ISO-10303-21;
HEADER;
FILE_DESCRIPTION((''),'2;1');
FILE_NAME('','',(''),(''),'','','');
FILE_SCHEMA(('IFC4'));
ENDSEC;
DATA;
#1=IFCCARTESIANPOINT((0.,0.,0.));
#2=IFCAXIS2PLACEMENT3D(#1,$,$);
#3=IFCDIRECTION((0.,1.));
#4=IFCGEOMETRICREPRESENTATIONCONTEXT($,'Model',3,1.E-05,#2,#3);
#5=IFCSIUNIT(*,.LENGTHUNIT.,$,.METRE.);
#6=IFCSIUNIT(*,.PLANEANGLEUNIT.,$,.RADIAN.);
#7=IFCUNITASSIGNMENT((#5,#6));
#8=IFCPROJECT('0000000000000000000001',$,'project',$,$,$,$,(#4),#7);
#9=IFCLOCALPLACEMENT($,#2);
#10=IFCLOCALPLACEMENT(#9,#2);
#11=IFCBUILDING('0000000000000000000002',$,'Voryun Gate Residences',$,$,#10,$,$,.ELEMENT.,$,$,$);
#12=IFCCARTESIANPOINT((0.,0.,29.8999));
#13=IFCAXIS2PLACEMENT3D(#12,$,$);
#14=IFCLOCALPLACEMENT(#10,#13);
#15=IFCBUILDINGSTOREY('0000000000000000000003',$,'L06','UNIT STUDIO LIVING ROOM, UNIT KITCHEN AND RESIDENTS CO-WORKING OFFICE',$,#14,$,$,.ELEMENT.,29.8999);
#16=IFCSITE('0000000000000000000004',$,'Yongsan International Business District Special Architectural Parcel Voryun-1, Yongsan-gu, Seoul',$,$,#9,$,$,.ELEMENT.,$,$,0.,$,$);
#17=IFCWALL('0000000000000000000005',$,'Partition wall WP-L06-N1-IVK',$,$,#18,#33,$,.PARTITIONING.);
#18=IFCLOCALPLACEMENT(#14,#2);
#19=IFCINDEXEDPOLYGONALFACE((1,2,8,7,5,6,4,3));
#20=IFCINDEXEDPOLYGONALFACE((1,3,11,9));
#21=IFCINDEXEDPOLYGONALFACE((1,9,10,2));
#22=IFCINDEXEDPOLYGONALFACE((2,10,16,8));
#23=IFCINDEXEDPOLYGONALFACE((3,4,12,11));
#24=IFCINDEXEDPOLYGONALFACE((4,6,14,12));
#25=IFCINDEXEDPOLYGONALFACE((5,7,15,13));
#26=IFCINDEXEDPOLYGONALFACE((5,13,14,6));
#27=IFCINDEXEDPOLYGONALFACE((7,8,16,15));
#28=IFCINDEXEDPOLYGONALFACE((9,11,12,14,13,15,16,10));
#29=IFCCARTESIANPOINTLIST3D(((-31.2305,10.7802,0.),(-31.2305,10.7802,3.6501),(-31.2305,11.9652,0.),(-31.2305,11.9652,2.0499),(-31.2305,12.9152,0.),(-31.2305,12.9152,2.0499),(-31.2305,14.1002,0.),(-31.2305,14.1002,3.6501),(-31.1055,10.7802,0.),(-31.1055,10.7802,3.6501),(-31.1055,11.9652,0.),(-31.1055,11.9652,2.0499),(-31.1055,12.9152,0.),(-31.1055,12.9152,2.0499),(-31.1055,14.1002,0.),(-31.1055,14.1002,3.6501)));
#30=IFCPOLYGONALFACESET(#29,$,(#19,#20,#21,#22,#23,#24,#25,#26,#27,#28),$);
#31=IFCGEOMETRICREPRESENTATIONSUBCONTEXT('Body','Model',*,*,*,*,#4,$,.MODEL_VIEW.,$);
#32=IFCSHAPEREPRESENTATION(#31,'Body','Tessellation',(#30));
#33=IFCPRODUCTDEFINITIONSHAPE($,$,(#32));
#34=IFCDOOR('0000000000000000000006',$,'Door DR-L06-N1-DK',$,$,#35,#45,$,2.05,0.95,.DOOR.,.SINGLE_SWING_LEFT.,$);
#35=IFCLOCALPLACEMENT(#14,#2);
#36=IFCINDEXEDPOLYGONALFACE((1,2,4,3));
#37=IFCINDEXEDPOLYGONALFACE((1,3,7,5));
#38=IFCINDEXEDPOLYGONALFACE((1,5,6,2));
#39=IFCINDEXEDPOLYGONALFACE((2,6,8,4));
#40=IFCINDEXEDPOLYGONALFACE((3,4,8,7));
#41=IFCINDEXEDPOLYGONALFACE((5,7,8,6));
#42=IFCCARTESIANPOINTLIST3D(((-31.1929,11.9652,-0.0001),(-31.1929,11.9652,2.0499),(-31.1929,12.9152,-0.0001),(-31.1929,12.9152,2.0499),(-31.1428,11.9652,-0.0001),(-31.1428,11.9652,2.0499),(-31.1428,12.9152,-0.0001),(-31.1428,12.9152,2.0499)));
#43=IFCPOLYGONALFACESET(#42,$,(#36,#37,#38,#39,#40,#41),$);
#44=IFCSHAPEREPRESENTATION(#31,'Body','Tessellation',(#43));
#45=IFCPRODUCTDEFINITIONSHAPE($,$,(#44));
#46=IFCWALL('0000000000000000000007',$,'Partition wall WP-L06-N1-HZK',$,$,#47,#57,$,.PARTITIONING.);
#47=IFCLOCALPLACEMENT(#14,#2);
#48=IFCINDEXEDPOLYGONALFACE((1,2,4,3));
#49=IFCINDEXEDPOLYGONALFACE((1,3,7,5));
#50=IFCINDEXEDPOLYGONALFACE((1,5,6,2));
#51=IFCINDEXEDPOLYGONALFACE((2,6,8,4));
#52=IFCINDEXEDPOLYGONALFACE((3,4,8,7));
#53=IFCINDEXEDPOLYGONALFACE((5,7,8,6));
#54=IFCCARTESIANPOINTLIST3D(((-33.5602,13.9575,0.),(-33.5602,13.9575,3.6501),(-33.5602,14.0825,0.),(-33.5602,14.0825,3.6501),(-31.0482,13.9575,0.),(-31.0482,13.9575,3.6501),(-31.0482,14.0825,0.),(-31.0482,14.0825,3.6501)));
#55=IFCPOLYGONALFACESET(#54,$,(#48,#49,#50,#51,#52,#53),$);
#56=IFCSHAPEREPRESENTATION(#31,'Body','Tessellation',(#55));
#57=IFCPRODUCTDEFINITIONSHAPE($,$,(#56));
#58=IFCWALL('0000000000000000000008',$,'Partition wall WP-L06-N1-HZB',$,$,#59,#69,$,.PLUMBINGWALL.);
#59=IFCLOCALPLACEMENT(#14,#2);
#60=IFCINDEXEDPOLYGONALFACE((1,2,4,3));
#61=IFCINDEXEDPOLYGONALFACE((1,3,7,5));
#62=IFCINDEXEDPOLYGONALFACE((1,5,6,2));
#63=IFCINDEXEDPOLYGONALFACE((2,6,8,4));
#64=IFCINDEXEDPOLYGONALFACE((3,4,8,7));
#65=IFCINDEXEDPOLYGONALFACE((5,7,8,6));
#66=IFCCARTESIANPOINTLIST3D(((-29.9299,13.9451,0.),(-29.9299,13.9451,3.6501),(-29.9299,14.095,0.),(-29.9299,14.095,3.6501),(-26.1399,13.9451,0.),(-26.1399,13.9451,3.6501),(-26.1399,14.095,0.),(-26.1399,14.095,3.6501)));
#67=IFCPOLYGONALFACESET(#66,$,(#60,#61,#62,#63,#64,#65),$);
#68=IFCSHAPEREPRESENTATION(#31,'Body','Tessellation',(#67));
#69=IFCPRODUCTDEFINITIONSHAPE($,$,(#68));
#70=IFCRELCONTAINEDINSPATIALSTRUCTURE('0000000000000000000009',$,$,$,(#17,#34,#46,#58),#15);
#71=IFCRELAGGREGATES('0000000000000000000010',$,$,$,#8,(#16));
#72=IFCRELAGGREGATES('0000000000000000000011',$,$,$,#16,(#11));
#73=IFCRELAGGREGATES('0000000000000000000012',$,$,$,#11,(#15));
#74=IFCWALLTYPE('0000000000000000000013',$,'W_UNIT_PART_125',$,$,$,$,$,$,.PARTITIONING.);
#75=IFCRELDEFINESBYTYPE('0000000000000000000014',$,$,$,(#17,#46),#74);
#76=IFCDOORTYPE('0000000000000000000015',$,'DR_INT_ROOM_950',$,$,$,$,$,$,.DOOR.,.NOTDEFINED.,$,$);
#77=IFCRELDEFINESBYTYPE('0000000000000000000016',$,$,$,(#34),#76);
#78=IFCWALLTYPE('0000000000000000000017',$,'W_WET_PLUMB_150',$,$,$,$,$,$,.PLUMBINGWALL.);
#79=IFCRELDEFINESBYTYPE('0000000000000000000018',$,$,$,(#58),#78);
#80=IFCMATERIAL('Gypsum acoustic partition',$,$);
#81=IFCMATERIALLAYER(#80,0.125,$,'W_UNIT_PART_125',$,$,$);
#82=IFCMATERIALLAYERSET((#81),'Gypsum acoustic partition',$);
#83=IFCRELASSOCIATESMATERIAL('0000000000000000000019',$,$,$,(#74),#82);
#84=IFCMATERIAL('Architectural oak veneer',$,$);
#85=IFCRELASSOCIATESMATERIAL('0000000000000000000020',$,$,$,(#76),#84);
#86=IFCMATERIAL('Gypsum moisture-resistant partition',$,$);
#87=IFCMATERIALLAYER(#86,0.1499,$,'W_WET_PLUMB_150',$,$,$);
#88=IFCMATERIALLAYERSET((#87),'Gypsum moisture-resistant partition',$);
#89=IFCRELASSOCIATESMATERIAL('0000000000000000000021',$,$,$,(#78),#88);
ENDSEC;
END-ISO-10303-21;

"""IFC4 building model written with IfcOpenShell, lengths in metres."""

from ifc_helpers import new_model, si_unit, direction, frame, frame_2d, origin, place, context, subcontext, project, spatial, rectangle, extrude, material, layer, layer_set, type_object, element, fill, save


model = new_model("IFC4")

# Units and contexts
model_context = context("Model", 3, precision=1e-05, world=origin(), true_north=direction((0.0, 1.0)))
body_context = subcontext(model_context, "Body", "Model", "MODEL_VIEW")
ifc_project = project(units=[si_unit("LENGTHUNIT", "METRE"), si_unit("PLANEANGLEUNIT", "RADIAN")], contexts=[model_context])

# Site, building, storey
site_placement = place(None, origin())
site = spatial("IfcSite", under=ifc_project, at=site_placement, Name="Yongsan International Business District Special Architectural Parcel Voryun-1, Yongsan-gu, Seoul", CompositionType="ELEMENT", RefElevation=0.0)
building_placement = place(site_placement, origin())
building = spatial("IfcBuilding", under=site, at=building_placement, Name="Voryun Gate Residences", CompositionType="ELEMENT")
storey_placement = place(building_placement, frame((0.0, 0.0, 29.8999)))
storey = spatial("IfcBuildingStorey", under=building, at=storey_placement, Name="L06", Description="UNIT STUDIO LIVING ROOM, UNIT KITCHEN AND RESIDENTS CO-WORKING OFFICE", CompositionType="ELEMENT", Elevation=29.8999)

# Wall, opening, door
ifc_material_1 = material(Name="Gypsum acoustic partition")
ifc_layer_1 = layer(ifc_material_1, 0.125, Name="W_UNIT_PART_125")
ifc_layer_set_1 = layer_set([ifc_layer_1], Name="Gypsum acoustic partition")
wall_type_1 = type_object("IfcWallType", Name="W_UNIT_PART_125", PredefinedType="PARTITIONING", material=ifc_layer_set_1)
wall_1_placement = place(storey_placement, frame((-31.168, 10.78, 0.0), z_axis=(0.0, 0.0, 1.0), x_axis=(0.0, 1.0, 0.0)))
wall_1 = element("IfcWall", 1, at=wall_1_placement, inside=storey, type_object=wall_type_1, Name="Partition wall WP-L06-N1-IVK", PredefinedType="PARTITIONING", context=body_context, shape_type="SweptSolid", body=[
    extrude(rectangle(XDim=3.3201, YDim=0.125, at=frame_2d((1.6602, 0.0))), origin(), (0.0, 0.0, 1.0), 3.6501),
])
opening_1_placement = place(wall_1_placement, frame((1.1851, 0.0, 0.0)))
opening_1 = element("IfcOpeningElement", 2, at=opening_1_placement, cuts=wall_1, PredefinedType="OPENING", context=body_context, shape_type="SweptSolid", body=[
    extrude(rectangle(XDim=0.95, YDim=2.05, at=frame_2d((0.4751, 1.0249))), frame((0.0, 0.0725, 0.0), z_axis=(0.0, -1.0, 0.0), x_axis=(1.0, 0.0, 0.0)), (0.0, 0.0, 1.0), 0.145),
])
ifc_material_2 = material(Name="Architectural oak veneer")
door_type_1 = type_object("IfcDoorType", Name="DR_INT_ROOM_950", OperationType="NOTDEFINED", PredefinedType="DOOR", material=ifc_material_2)
door_1_placement = place(opening_1_placement, origin())
door_1 = element("IfcDoor", 3, at=door_1_placement, inside=storey, type_object=door_type_1, Name="Door DR-L06-N1-DK", OperationType="SINGLE_SWING_LEFT", OverallHeight=2.05, OverallWidth=0.95, PredefinedType="DOOR", context=body_context, shape_type="SweptSolid", body=[
    extrude(rectangle(XDim=0.95, YDim=2.05, at=frame_2d((0.4751, 1.0249))), frame((0.0, 0.0249, 0.0), z_axis=(0.0, -1.0, 0.0), x_axis=(1.0, 0.0, 0.0)), (0.0, 0.0, 1.0), 0.05),
])
fill(opening_1, door_1)

# Walls
wall_2_placement = place(storey_placement, frame((-33.5601, 14.02, 0.0), z_axis=(0.0, 0.0, 1.0), x_axis=(1.0, 0.0, 0.0)))
element("IfcWall", 4, at=wall_2_placement, inside=storey, type_object=wall_type_1, Name="Partition wall WP-L06-N1-HZK", PredefinedType="PARTITIONING", context=body_context, shape_type="SweptSolid", body=[
    extrude(rectangle(XDim=2.512, YDim=0.125, at=frame_2d((1.2559, 0.0))), origin(), (0.0, 0.0, 1.0), 3.6501),
])
ifc_material_3 = material(Name="Gypsum moisture-resistant partition")
ifc_layer_2 = layer(ifc_material_3, 0.1499, Name="W_WET_PLUMB_150")
ifc_layer_set_2 = layer_set([ifc_layer_2], Name="Gypsum moisture-resistant partition")
wall_type_2 = type_object("IfcWallType", Name="W_WET_PLUMB_150", PredefinedType="PLUMBINGWALL", material=ifc_layer_set_2)
wall_3_placement = place(storey_placement, frame((-29.9299, 14.02, 0.0), z_axis=(0.0, 0.0, 1.0), x_axis=(1.0, 0.0, 0.0)))
element("IfcWall", 5, at=wall_3_placement, inside=storey, type_object=wall_type_2, Name="Partition wall WP-L06-N1-HZB", PredefinedType="PLUMBINGWALL", context=body_context, shape_type="SweptSolid", body=[
    extrude(rectangle(XDim=3.79, YDim=0.1499, at=frame_2d((1.895, 0.0))), origin(), (0.0, 0.0, 1.0), 3.6501),
])

save(model, "model.ifc")
